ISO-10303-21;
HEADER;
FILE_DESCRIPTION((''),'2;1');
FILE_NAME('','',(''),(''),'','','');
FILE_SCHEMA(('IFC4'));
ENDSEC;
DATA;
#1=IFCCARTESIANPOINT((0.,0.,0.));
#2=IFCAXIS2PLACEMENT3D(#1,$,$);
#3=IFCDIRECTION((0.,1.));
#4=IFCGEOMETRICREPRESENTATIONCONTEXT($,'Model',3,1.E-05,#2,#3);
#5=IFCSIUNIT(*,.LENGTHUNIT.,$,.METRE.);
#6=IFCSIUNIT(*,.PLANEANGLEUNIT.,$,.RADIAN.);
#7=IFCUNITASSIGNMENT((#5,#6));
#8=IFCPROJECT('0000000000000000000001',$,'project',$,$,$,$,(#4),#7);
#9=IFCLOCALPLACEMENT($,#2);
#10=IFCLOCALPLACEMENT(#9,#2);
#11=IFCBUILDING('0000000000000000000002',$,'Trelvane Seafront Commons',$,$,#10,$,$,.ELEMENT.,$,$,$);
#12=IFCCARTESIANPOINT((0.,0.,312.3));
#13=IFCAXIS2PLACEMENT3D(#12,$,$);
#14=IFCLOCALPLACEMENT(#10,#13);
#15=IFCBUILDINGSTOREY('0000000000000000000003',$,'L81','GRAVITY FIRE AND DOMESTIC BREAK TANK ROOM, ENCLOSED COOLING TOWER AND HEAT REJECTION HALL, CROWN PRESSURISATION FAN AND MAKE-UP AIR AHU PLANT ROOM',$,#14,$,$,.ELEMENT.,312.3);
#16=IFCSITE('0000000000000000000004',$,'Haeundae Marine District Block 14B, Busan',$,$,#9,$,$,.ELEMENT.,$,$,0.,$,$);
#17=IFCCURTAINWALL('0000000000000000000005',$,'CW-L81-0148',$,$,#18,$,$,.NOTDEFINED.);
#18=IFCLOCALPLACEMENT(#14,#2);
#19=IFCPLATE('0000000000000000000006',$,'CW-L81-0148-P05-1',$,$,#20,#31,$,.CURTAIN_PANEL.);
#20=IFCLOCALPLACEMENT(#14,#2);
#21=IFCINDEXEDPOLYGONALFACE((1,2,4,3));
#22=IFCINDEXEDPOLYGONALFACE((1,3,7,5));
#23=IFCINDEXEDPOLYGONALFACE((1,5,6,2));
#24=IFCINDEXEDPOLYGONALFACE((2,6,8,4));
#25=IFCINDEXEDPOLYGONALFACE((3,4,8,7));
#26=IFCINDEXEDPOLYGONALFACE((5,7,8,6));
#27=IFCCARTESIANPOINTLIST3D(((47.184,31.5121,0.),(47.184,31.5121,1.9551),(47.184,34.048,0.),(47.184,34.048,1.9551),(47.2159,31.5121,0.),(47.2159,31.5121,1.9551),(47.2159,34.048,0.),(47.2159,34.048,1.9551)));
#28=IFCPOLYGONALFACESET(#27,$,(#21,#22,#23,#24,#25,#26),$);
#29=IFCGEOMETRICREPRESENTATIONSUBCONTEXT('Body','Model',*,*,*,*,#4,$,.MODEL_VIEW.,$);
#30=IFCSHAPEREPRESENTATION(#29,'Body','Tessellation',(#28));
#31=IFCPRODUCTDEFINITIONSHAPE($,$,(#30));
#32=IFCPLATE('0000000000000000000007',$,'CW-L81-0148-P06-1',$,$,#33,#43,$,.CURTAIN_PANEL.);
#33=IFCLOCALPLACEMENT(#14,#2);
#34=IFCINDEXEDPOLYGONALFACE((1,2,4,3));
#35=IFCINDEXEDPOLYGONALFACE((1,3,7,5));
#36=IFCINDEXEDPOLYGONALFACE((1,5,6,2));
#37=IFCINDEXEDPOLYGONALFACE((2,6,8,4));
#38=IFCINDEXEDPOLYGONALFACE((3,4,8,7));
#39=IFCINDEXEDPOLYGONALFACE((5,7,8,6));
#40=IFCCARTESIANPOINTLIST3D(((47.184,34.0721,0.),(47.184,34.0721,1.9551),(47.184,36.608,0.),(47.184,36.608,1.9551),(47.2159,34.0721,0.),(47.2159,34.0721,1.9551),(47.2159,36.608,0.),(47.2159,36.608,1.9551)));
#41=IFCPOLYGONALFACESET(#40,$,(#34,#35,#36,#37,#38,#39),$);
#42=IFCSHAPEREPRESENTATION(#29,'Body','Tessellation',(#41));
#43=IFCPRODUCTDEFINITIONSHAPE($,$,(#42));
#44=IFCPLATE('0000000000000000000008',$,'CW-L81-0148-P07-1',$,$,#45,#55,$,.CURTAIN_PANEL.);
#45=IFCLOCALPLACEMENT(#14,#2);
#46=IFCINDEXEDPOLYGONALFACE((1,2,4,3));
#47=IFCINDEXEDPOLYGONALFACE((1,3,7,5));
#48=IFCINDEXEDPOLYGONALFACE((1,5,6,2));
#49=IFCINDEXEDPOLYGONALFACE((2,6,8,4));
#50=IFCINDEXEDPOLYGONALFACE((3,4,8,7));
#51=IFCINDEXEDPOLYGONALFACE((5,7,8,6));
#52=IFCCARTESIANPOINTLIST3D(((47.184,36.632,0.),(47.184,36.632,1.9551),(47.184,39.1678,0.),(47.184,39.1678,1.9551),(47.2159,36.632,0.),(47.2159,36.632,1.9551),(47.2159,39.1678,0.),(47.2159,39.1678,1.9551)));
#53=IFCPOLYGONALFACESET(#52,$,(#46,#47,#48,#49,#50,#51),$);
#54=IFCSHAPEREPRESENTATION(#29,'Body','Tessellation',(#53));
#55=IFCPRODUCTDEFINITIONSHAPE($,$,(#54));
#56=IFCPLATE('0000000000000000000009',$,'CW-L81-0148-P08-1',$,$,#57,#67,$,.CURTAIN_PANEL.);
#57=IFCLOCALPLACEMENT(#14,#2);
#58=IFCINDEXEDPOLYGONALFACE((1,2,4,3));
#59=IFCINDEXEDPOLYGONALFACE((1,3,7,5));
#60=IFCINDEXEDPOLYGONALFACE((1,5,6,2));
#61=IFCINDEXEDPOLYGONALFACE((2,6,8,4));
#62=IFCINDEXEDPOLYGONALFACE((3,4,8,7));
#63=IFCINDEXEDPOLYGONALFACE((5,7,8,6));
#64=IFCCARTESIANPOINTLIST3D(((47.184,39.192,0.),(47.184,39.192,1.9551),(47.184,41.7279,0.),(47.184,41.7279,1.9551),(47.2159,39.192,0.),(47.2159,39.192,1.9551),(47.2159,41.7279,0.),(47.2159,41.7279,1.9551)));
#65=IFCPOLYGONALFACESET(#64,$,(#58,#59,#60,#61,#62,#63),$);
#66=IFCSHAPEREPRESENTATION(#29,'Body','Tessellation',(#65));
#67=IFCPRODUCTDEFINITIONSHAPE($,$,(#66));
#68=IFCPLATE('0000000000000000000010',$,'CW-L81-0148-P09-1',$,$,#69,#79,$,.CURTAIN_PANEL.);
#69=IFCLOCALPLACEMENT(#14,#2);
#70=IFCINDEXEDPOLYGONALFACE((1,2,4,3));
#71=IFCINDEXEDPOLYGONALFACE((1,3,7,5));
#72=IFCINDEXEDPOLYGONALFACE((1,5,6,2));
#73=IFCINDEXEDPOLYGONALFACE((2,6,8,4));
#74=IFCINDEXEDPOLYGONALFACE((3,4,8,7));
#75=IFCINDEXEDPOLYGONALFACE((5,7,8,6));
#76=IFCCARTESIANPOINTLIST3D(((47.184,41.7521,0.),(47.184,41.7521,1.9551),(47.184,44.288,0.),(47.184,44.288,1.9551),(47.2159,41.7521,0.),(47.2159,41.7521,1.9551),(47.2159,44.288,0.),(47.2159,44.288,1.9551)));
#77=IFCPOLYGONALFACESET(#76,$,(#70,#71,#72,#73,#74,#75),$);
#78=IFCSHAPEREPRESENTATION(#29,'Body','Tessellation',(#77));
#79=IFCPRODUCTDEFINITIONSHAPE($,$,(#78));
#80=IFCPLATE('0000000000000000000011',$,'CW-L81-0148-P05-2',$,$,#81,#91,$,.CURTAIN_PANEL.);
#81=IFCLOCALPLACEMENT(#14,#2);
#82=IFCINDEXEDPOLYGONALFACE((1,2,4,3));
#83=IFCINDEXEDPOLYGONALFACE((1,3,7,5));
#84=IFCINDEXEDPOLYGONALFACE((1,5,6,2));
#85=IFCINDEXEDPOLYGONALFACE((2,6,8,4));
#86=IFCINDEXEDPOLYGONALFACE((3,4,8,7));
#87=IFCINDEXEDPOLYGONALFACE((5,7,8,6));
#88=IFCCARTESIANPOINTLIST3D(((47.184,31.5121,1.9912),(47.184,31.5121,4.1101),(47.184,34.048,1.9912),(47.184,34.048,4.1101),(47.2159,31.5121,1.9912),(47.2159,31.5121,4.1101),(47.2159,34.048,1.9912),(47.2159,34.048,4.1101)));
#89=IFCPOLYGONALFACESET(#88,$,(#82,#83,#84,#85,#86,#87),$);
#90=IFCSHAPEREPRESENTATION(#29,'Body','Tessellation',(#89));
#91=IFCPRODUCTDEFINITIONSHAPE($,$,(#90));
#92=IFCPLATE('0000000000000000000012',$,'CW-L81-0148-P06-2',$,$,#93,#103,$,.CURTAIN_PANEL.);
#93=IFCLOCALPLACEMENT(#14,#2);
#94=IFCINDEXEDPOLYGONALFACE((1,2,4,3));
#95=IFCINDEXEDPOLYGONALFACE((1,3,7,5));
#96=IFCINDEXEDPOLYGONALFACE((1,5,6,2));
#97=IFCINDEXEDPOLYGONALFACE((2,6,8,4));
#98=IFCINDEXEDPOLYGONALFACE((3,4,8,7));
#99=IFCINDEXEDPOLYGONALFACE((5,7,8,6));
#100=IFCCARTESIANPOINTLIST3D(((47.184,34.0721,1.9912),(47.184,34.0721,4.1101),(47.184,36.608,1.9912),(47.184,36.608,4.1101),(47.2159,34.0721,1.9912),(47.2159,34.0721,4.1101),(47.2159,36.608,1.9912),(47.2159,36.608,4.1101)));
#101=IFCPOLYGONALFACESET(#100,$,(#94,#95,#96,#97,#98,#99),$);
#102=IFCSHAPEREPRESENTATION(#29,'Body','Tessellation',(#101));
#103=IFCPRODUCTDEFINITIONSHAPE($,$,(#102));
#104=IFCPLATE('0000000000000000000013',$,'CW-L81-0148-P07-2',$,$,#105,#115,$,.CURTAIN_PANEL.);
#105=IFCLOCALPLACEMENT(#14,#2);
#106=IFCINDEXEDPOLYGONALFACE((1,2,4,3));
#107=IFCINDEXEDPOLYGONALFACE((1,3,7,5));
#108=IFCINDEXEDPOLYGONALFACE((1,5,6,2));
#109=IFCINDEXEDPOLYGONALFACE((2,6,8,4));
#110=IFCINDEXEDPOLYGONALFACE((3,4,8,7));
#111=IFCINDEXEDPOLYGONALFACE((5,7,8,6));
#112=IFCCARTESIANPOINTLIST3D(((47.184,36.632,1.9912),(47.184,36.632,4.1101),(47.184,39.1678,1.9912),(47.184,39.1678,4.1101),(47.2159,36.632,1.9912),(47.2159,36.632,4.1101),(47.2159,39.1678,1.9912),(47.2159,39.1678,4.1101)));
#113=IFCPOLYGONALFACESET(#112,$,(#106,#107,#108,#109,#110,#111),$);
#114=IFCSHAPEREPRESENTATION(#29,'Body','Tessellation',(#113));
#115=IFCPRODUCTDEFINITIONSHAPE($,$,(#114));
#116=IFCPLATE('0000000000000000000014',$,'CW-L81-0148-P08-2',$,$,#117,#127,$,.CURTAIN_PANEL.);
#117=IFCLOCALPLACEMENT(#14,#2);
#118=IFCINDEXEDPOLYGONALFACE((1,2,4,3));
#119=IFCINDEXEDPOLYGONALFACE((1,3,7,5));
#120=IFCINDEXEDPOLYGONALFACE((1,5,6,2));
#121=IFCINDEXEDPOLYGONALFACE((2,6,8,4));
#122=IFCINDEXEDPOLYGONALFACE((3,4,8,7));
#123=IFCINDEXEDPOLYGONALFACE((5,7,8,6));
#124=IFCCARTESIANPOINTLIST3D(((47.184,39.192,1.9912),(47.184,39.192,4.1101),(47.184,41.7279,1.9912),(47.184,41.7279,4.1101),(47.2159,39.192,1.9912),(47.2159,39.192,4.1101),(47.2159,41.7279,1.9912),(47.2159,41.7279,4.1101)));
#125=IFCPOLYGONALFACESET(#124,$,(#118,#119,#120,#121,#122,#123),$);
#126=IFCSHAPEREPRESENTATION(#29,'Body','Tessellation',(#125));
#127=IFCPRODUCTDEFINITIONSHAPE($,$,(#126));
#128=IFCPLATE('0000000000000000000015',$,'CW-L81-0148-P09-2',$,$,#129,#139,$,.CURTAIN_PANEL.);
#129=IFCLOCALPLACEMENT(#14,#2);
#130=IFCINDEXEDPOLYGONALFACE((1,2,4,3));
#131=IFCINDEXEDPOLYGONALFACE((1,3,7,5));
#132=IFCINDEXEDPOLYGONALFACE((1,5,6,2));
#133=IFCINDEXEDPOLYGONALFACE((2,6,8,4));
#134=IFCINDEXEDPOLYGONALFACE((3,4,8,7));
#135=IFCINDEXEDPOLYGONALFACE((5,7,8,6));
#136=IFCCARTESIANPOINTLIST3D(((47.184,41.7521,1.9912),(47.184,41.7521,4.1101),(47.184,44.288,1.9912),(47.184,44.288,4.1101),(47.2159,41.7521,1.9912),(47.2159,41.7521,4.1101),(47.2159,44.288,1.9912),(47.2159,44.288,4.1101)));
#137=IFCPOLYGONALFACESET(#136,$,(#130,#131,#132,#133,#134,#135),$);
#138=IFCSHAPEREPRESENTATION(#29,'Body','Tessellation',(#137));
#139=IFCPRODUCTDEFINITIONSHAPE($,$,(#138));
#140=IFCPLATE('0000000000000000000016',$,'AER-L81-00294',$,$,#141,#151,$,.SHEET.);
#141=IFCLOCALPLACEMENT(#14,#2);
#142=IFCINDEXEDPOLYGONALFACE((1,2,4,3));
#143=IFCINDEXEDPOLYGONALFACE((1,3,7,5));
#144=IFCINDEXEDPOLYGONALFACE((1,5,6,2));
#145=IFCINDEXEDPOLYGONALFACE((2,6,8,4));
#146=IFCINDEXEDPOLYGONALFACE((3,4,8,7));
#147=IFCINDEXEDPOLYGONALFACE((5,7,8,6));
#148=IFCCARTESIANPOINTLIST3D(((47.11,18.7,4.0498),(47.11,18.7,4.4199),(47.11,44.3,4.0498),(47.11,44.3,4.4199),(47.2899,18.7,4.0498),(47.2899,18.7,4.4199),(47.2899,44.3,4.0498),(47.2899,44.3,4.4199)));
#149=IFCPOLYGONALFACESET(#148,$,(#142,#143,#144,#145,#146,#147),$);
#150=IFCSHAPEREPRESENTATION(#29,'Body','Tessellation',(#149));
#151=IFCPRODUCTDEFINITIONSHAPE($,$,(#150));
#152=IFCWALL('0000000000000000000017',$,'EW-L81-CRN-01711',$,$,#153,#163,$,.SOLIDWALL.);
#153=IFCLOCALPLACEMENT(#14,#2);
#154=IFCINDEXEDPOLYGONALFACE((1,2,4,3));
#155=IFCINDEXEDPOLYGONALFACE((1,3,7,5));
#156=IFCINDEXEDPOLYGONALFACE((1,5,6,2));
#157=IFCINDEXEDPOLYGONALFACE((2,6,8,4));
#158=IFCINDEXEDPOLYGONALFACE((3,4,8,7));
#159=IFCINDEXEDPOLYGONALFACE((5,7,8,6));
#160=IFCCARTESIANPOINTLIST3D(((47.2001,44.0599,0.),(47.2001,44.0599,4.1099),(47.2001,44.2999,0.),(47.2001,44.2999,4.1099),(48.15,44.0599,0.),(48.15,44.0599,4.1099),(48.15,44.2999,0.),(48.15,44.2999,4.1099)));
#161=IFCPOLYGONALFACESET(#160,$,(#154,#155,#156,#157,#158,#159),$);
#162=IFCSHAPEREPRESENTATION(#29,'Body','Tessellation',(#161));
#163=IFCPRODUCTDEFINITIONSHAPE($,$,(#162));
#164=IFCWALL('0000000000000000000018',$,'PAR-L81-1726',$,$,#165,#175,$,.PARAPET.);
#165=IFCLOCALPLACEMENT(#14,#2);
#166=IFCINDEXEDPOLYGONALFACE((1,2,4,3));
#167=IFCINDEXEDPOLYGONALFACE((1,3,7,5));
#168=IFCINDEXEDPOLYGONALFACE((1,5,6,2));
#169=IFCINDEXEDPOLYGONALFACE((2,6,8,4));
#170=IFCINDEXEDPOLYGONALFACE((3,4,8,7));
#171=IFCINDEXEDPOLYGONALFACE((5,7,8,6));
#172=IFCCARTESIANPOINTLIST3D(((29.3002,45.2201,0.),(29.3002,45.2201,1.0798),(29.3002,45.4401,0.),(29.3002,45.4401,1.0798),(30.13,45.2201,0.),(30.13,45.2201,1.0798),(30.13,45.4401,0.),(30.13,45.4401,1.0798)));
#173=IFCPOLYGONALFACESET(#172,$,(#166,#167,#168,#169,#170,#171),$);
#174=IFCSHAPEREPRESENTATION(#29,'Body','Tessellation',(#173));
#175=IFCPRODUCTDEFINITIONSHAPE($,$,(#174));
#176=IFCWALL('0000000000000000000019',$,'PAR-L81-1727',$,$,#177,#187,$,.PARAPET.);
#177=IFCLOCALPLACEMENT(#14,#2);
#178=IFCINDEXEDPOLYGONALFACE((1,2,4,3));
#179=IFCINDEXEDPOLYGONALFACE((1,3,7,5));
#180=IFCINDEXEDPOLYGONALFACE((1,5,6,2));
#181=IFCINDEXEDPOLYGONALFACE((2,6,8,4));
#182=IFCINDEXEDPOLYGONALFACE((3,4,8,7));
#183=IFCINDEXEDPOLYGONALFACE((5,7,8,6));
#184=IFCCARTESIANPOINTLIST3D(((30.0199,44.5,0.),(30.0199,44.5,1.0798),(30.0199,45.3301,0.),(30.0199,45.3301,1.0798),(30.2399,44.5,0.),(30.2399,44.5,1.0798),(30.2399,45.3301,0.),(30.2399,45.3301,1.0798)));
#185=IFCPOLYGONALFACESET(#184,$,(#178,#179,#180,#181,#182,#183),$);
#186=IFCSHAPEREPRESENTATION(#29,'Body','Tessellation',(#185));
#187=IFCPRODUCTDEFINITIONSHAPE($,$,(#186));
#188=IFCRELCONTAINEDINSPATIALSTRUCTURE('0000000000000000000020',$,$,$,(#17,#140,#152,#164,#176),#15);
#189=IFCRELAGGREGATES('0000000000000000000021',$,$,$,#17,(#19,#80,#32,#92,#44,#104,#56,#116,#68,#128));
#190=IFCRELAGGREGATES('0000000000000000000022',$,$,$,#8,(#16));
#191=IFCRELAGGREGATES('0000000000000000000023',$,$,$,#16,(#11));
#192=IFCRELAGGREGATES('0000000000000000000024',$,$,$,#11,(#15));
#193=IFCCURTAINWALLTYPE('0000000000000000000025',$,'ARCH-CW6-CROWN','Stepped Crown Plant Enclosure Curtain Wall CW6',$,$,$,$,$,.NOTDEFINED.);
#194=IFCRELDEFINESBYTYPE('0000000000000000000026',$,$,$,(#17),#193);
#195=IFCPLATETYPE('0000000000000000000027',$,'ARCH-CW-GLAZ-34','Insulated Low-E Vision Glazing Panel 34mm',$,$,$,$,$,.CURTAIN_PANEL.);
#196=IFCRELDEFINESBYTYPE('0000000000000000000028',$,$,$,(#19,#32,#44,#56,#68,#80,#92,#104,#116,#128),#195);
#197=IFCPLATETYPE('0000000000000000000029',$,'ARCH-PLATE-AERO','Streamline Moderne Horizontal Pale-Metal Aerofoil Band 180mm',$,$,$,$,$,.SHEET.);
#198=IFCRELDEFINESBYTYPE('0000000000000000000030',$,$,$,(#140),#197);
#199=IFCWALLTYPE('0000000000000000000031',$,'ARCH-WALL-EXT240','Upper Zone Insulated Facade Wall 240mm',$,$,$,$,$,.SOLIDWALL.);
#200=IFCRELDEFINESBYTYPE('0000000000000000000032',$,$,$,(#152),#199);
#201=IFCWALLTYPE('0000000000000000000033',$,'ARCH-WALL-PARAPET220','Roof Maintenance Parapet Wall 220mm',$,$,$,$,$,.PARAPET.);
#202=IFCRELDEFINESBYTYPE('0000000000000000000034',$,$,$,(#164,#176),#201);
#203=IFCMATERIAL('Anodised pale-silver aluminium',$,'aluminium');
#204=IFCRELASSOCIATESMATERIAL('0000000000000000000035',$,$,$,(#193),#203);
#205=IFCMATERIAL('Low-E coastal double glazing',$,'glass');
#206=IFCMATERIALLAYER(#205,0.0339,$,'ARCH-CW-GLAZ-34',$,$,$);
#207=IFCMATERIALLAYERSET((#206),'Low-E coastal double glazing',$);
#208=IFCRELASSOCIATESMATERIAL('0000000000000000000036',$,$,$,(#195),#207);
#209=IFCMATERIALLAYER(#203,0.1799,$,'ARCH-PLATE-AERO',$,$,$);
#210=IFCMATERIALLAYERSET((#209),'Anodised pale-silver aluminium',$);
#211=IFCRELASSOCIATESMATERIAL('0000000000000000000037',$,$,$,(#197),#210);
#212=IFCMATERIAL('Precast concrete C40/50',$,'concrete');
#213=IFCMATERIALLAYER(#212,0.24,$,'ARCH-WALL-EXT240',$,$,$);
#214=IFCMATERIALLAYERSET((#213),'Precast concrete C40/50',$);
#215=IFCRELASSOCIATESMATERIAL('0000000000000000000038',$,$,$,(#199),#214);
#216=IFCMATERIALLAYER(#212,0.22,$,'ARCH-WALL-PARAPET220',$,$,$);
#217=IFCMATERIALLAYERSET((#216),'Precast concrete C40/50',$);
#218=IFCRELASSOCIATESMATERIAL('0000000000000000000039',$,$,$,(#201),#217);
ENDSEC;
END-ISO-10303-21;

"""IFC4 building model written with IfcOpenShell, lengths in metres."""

from ifc_helpers import new_model, si_unit, direction, frame, frame_2d, origin, origin_2d, place, context, subcontext, project, spatial, rectangle, extrude, source, transform, mapped, material, layer, layer_set, type_object, element, aggregate, save


model = new_model("IFC4")

# Units and contexts
model_context = context("Model", 3, precision=1e-05, world=origin(), true_north=direction((0.0, 1.0)))
body_context = subcontext(model_context, "Body", "Model", "MODEL_VIEW")
ifc_project = project(units=[si_unit("LENGTHUNIT", "METRE"), si_unit("PLANEANGLEUNIT", "RADIAN")], contexts=[model_context])

# Site, building, storey
site_placement = place(None, origin())
site = spatial("IfcSite", under=ifc_project, at=site_placement, Name="Haeundae Marine District Block 14B, Busan", CompositionType="ELEMENT", RefElevation=0.0)
building_placement = place(site_placement, origin())
building = spatial("IfcBuilding", under=site, at=building_placement, Name="Trelvane Seafront Commons", CompositionType="ELEMENT")
storey_placement = place(building_placement, frame((0.0, 0.0, 312.3)))
storey = spatial("IfcBuildingStorey", under=building, at=storey_placement, Name="L81", Description="GRAVITY FIRE AND DOMESTIC BREAK TANK ROOM, ENCLOSED COOLING TOWER AND HEAT REJECTION HALL, CROWN PRESSURISATION FAN AND MAKE-UP AIR AHU PLANT ROOM", CompositionType="ELEMENT", Elevation=312.3)

# Curtain wall, plates
ifc_material_1 = material(Name="Anodised pale-silver aluminium", Category="aluminium")
curtain_wall_type = type_object("IfcCurtainWallType", Name="ARCH-CW6-CROWN", Description="Stepped Crown Plant Enclosure Curtain Wall CW6", PredefinedType="NOTDEFINED", material=ifc_material_1)
curtain_wall_placement = place(storey_placement, origin())
curtain_wall = element("IfcCurtainWall", 1, at=curtain_wall_placement, inside=storey, type_object=curtain_wall_type, Name="CW-L81-0148", PredefinedType="NOTDEFINED")
ifc_material_2 = material(Name="Low-E coastal double glazing", Category="glass")
ifc_layer_1 = layer(ifc_material_2, 0.0339, Name="ARCH-CW-GLAZ-34")
ifc_layer_set_1 = layer_set([ifc_layer_1], Name="Low-E coastal double glazing")
plate_type_1 = type_object("IfcPlateType", Name="ARCH-CW-GLAZ-34", Description="Insulated Low-E Vision Glazing Panel 34mm", PredefinedType="CURTAIN_PANEL", material=ifc_layer_set_1)
shared_shape_1 = source(origin(), body_context, "Body", "SweptSolid", [
    extrude(rectangle(XDim=2.5359, YDim=0.032, at=origin_2d()), origin(), (0.0, 0.0, 1.0), 1.9551),
])
plate_1_placement = place(storey_placement, frame((47.2, 32.78, 0.0), z_axis=(0.0, 0.0, 1.0), x_axis=(0.0, 1.0, 0.0)))
plate_1 = element("IfcPlate", 2, at=plate_1_placement, type_object=plate_type_1, Name="CW-L81-0148-P05-1", PredefinedType="CURTAIN_PANEL", context=body_context, shape_type="MappedRepresentation", body=[
    mapped(shared_shape_1, transform((0.0, 0.0, 0.0), x_axis=(1.0, 0.0, 0.0), y_axis=(0.0, 1.0, 0.0), z_axis=(0.0, 0.0, 1.0), scale=1.0)),
])
plate_2_placement = place(storey_placement, frame((47.2, 35.3401, 0.0), z_axis=(0.0, 0.0, 1.0), x_axis=(0.0, 1.0, 0.0)))
plate_2 = element("IfcPlate", 3, at=plate_2_placement, type_object=plate_type_1, Name="CW-L81-0148-P06-1", PredefinedType="CURTAIN_PANEL", context=body_context, shape_type="MappedRepresentation", body=[
    mapped(shared_shape_1, transform((0.0, 0.0, 0.0), x_axis=(1.0, 0.0, 0.0), y_axis=(0.0, 1.0, 0.0), z_axis=(0.0, 0.0, 1.0), scale=1.0)),
])
plate_3_placement = place(storey_placement, frame((47.2, 37.8999, 0.0), z_axis=(0.0, 0.0, 1.0), x_axis=(0.0, 1.0, 0.0)))
plate_3 = element("IfcPlate", 4, at=plate_3_placement, type_object=plate_type_1, Name="CW-L81-0148-P07-1", PredefinedType="CURTAIN_PANEL", context=body_context, shape_type="MappedRepresentation", body=[
    mapped(shared_shape_1, transform((0.0, 0.0, 0.0), x_axis=(1.0, 0.0, 0.0), y_axis=(0.0, 1.0, 0.0), z_axis=(0.0, 0.0, 1.0), scale=1.0)),
])
plate_4_placement = place(storey_placement, frame((47.2, 40.46, 0.0), z_axis=(0.0, 0.0, 1.0), x_axis=(0.0, 1.0, 0.0)))
plate_4 = element("IfcPlate", 5, at=plate_4_placement, type_object=plate_type_1, Name="CW-L81-0148-P08-1", PredefinedType="CURTAIN_PANEL", context=body_context, shape_type="MappedRepresentation", body=[
    mapped(shared_shape_1, transform((0.0, 0.0, 0.0), x_axis=(1.0, 0.0, 0.0), y_axis=(0.0, 1.0, 0.0), z_axis=(0.0, 0.0, 1.0), scale=1.0)),
])
plate_5_placement = place(storey_placement, frame((47.2, 43.02, 0.0), z_axis=(0.0, 0.0, 1.0), x_axis=(0.0, 1.0, 0.0)))
plate_5 = element("IfcPlate", 6, at=plate_5_placement, type_object=plate_type_1, Name="CW-L81-0148-P09-1", PredefinedType="CURTAIN_PANEL", context=body_context, shape_type="MappedRepresentation", body=[
    mapped(shared_shape_1, transform((0.0, 0.0, 0.0), x_axis=(1.0, 0.0, 0.0), y_axis=(0.0, 1.0, 0.0), z_axis=(0.0, 0.0, 1.0), scale=1.0)),
])
shared_shape_2 = source(origin(), body_context, "Body", "SweptSolid", [
    extrude(rectangle(XDim=2.5359, YDim=0.032, at=origin_2d()), origin(), (0.0, 0.0, 1.0), 2.1189),
])
plate_6_placement = place(storey_placement, frame((47.2, 32.78, 1.9912), z_axis=(0.0, 0.0, 1.0), x_axis=(0.0, 1.0, 0.0)))
plate_6 = element("IfcPlate", 7, at=plate_6_placement, type_object=plate_type_1, Name="CW-L81-0148-P05-2", PredefinedType="CURTAIN_PANEL", context=body_context, shape_type="MappedRepresentation", body=[
    mapped(shared_shape_2, transform((0.0, 0.0, 0.0), x_axis=(1.0, 0.0, 0.0), y_axis=(0.0, 1.0, 0.0), z_axis=(0.0, 0.0, 1.0), scale=1.0)),
])
plate_7_placement = place(storey_placement, frame((47.2, 35.3401, 1.9912), z_axis=(0.0, 0.0, 1.0), x_axis=(0.0, 1.0, 0.0)))
plate_7 = element("IfcPlate", 8, at=plate_7_placement, type_object=plate_type_1, Name="CW-L81-0148-P06-2", PredefinedType="CURTAIN_PANEL", context=body_context, shape_type="MappedRepresentation", body=[
    mapped(shared_shape_2, transform((0.0, 0.0, 0.0), x_axis=(1.0, 0.0, 0.0), y_axis=(0.0, 1.0, 0.0), z_axis=(0.0, 0.0, 1.0), scale=1.0)),
])
plate_8_placement = place(storey_placement, frame((47.2, 37.8999, 1.9912), z_axis=(0.0, 0.0, 1.0), x_axis=(0.0, 1.0, 0.0)))
plate_8 = element("IfcPlate", 9, at=plate_8_placement, type_object=plate_type_1, Name="CW-L81-0148-P07-2", PredefinedType="CURTAIN_PANEL", context=body_context, shape_type="MappedRepresentation", body=[
    mapped(shared_shape_2, transform((0.0, 0.0, 0.0), x_axis=(1.0, 0.0, 0.0), y_axis=(0.0, 1.0, 0.0), z_axis=(0.0, 0.0, 1.0), scale=1.0)),
])
plate_9_placement = place(storey_placement, frame((47.2, 40.46, 1.9912), z_axis=(0.0, 0.0, 1.0), x_axis=(0.0, 1.0, 0.0)))
plate_9 = element("IfcPlate", 10, at=plate_9_placement, type_object=plate_type_1, Name="CW-L81-0148-P08-2", PredefinedType="CURTAIN_PANEL", context=body_context, shape_type="MappedRepresentation", body=[
    mapped(shared_shape_2, transform((0.0, 0.0, 0.0), x_axis=(1.0, 0.0, 0.0), y_axis=(0.0, 1.0, 0.0), z_axis=(0.0, 0.0, 1.0), scale=1.0)),
])
plate_10_placement = place(storey_placement, frame((47.2, 43.02, 1.9912), z_axis=(0.0, 0.0, 1.0), x_axis=(0.0, 1.0, 0.0)))
plate_10 = element("IfcPlate", 11, at=plate_10_placement, type_object=plate_type_1, Name="CW-L81-0148-P09-2", PredefinedType="CURTAIN_PANEL", context=body_context, shape_type="MappedRepresentation", body=[
    mapped(shared_shape_2, transform((0.0, 0.0, 0.0), x_axis=(1.0, 0.0, 0.0), y_axis=(0.0, 1.0, 0.0), z_axis=(0.0, 0.0, 1.0), scale=1.0)),
])
aggregate(curtain_wall, [plate_1, plate_6, plate_2, plate_7, plate_3, plate_8, plate_4, plate_9, plate_5, plate_10])

# Plate
ifc_layer_2 = layer(ifc_material_1, 0.1799, Name="ARCH-PLATE-AERO")
ifc_layer_set_2 = layer_set([ifc_layer_2], Name="Anodised pale-silver aluminium")
plate_type_2 = type_object("IfcPlateType", Name="ARCH-PLATE-AERO", Description="Streamline Moderne Horizontal Pale-Metal Aerofoil Band 180mm", PredefinedType="SHEET", material=ifc_layer_set_2)
shared_shape_3 = source(origin(), body_context, "Body", "SweptSolid", [
    extrude(rectangle(XDim=25.6001, YDim=0.1799, at=origin_2d()), origin(), (0.0, 0.0, 1.0), 0.3701),
])
plate_11_placement = place(storey_placement, frame((47.2, 31.5, 4.0498), z_axis=(0.0, 0.0, 1.0), x_axis=(0.0, 1.0, 0.0)))
element("IfcPlate", 12, at=plate_11_placement, inside=storey, type_object=plate_type_2, Name="AER-L81-00294", PredefinedType="SHEET", context=body_context, shape_type="MappedRepresentation", body=[
    mapped(shared_shape_3, transform((0.0, 0.0, 0.0), x_axis=(1.0, 0.0, 0.0), y_axis=(0.0, 1.0, 0.0), z_axis=(0.0, 0.0, 1.0), scale=1.0)),
])

# Walls
ifc_material_3 = material(Name="Precast concrete C40/50", Category="concrete")
ifc_layer_3 = layer(ifc_material_3, 0.24, Name="ARCH-WALL-EXT240")
ifc_layer_set_3 = layer_set([ifc_layer_3], Name="Precast concrete C40/50")
wall_type_1 = type_object("IfcWallType", Name="ARCH-WALL-EXT240", Description="Upper Zone Insulated Facade Wall 240mm", PredefinedType="SOLIDWALL", material=ifc_layer_set_3)
wall_1_placement = place(storey_placement, frame((47.2, 44.1799, 0.0), z_axis=(0.0, 0.0, 1.0), x_axis=(1.0, 0.0, 0.0)))
element("IfcWall", 13, at=wall_1_placement, inside=storey, type_object=wall_type_1, Name="EW-L81-CRN-01711", PredefinedType="SOLIDWALL", context=body_context, shape_type="SweptSolid", body=[
    extrude(rectangle(XDim=0.95, YDim=0.24, at=frame_2d((0.4751, 0.0))), origin(), (0.0, 0.0, 1.0), 4.1099),
])
ifc_layer_4 = layer(ifc_material_3, 0.22, Name="ARCH-WALL-PARAPET220")
ifc_layer_set_4 = layer_set([ifc_layer_4], Name="Precast concrete C40/50")
wall_type_2 = type_object("IfcWallType", Name="ARCH-WALL-PARAPET220", Description="Roof Maintenance Parapet Wall 220mm", PredefinedType="PARAPET", material=ifc_layer_set_4)
wall_2_placement = place(storey_placement, frame((29.3, 45.3301, 0.0), z_axis=(0.0, 0.0, 1.0), x_axis=(1.0, 0.0, 0.0)))
element("IfcWall", 14, at=wall_2_placement, inside=storey, type_object=wall_type_2, Name="PAR-L81-1726", PredefinedType="PARAPET", context=body_context, shape_type="SweptSolid", body=[
    extrude(rectangle(XDim=0.8298, YDim=0.22, at=frame_2d((0.415, 0.0))), origin(), (0.0, 0.0, 1.0), 1.0798),
])
for number, where, z_axis, x_axis, name in (
    (15, (30.1299, 45.3301, 0.0), (0.0, 0.0, 1.0), (0.0, -1.0, 0.0), "PAR-L81-1727"),
):
    element("IfcWall", number, at=place(storey_placement, frame(where, z_axis=z_axis, x_axis=x_axis)), inside=storey, type_object=wall_type_2, Name=name, PredefinedType="PARAPET", context=body_context, shape_type="SweptSolid", body=[
        extrude(rectangle(XDim=0.8301, YDim=0.22, at=frame_2d((0.415, 0.0))), origin(), (0.0, 0.0, 1.0), 1.0798),
    ])

save(model, "model.ifc")
